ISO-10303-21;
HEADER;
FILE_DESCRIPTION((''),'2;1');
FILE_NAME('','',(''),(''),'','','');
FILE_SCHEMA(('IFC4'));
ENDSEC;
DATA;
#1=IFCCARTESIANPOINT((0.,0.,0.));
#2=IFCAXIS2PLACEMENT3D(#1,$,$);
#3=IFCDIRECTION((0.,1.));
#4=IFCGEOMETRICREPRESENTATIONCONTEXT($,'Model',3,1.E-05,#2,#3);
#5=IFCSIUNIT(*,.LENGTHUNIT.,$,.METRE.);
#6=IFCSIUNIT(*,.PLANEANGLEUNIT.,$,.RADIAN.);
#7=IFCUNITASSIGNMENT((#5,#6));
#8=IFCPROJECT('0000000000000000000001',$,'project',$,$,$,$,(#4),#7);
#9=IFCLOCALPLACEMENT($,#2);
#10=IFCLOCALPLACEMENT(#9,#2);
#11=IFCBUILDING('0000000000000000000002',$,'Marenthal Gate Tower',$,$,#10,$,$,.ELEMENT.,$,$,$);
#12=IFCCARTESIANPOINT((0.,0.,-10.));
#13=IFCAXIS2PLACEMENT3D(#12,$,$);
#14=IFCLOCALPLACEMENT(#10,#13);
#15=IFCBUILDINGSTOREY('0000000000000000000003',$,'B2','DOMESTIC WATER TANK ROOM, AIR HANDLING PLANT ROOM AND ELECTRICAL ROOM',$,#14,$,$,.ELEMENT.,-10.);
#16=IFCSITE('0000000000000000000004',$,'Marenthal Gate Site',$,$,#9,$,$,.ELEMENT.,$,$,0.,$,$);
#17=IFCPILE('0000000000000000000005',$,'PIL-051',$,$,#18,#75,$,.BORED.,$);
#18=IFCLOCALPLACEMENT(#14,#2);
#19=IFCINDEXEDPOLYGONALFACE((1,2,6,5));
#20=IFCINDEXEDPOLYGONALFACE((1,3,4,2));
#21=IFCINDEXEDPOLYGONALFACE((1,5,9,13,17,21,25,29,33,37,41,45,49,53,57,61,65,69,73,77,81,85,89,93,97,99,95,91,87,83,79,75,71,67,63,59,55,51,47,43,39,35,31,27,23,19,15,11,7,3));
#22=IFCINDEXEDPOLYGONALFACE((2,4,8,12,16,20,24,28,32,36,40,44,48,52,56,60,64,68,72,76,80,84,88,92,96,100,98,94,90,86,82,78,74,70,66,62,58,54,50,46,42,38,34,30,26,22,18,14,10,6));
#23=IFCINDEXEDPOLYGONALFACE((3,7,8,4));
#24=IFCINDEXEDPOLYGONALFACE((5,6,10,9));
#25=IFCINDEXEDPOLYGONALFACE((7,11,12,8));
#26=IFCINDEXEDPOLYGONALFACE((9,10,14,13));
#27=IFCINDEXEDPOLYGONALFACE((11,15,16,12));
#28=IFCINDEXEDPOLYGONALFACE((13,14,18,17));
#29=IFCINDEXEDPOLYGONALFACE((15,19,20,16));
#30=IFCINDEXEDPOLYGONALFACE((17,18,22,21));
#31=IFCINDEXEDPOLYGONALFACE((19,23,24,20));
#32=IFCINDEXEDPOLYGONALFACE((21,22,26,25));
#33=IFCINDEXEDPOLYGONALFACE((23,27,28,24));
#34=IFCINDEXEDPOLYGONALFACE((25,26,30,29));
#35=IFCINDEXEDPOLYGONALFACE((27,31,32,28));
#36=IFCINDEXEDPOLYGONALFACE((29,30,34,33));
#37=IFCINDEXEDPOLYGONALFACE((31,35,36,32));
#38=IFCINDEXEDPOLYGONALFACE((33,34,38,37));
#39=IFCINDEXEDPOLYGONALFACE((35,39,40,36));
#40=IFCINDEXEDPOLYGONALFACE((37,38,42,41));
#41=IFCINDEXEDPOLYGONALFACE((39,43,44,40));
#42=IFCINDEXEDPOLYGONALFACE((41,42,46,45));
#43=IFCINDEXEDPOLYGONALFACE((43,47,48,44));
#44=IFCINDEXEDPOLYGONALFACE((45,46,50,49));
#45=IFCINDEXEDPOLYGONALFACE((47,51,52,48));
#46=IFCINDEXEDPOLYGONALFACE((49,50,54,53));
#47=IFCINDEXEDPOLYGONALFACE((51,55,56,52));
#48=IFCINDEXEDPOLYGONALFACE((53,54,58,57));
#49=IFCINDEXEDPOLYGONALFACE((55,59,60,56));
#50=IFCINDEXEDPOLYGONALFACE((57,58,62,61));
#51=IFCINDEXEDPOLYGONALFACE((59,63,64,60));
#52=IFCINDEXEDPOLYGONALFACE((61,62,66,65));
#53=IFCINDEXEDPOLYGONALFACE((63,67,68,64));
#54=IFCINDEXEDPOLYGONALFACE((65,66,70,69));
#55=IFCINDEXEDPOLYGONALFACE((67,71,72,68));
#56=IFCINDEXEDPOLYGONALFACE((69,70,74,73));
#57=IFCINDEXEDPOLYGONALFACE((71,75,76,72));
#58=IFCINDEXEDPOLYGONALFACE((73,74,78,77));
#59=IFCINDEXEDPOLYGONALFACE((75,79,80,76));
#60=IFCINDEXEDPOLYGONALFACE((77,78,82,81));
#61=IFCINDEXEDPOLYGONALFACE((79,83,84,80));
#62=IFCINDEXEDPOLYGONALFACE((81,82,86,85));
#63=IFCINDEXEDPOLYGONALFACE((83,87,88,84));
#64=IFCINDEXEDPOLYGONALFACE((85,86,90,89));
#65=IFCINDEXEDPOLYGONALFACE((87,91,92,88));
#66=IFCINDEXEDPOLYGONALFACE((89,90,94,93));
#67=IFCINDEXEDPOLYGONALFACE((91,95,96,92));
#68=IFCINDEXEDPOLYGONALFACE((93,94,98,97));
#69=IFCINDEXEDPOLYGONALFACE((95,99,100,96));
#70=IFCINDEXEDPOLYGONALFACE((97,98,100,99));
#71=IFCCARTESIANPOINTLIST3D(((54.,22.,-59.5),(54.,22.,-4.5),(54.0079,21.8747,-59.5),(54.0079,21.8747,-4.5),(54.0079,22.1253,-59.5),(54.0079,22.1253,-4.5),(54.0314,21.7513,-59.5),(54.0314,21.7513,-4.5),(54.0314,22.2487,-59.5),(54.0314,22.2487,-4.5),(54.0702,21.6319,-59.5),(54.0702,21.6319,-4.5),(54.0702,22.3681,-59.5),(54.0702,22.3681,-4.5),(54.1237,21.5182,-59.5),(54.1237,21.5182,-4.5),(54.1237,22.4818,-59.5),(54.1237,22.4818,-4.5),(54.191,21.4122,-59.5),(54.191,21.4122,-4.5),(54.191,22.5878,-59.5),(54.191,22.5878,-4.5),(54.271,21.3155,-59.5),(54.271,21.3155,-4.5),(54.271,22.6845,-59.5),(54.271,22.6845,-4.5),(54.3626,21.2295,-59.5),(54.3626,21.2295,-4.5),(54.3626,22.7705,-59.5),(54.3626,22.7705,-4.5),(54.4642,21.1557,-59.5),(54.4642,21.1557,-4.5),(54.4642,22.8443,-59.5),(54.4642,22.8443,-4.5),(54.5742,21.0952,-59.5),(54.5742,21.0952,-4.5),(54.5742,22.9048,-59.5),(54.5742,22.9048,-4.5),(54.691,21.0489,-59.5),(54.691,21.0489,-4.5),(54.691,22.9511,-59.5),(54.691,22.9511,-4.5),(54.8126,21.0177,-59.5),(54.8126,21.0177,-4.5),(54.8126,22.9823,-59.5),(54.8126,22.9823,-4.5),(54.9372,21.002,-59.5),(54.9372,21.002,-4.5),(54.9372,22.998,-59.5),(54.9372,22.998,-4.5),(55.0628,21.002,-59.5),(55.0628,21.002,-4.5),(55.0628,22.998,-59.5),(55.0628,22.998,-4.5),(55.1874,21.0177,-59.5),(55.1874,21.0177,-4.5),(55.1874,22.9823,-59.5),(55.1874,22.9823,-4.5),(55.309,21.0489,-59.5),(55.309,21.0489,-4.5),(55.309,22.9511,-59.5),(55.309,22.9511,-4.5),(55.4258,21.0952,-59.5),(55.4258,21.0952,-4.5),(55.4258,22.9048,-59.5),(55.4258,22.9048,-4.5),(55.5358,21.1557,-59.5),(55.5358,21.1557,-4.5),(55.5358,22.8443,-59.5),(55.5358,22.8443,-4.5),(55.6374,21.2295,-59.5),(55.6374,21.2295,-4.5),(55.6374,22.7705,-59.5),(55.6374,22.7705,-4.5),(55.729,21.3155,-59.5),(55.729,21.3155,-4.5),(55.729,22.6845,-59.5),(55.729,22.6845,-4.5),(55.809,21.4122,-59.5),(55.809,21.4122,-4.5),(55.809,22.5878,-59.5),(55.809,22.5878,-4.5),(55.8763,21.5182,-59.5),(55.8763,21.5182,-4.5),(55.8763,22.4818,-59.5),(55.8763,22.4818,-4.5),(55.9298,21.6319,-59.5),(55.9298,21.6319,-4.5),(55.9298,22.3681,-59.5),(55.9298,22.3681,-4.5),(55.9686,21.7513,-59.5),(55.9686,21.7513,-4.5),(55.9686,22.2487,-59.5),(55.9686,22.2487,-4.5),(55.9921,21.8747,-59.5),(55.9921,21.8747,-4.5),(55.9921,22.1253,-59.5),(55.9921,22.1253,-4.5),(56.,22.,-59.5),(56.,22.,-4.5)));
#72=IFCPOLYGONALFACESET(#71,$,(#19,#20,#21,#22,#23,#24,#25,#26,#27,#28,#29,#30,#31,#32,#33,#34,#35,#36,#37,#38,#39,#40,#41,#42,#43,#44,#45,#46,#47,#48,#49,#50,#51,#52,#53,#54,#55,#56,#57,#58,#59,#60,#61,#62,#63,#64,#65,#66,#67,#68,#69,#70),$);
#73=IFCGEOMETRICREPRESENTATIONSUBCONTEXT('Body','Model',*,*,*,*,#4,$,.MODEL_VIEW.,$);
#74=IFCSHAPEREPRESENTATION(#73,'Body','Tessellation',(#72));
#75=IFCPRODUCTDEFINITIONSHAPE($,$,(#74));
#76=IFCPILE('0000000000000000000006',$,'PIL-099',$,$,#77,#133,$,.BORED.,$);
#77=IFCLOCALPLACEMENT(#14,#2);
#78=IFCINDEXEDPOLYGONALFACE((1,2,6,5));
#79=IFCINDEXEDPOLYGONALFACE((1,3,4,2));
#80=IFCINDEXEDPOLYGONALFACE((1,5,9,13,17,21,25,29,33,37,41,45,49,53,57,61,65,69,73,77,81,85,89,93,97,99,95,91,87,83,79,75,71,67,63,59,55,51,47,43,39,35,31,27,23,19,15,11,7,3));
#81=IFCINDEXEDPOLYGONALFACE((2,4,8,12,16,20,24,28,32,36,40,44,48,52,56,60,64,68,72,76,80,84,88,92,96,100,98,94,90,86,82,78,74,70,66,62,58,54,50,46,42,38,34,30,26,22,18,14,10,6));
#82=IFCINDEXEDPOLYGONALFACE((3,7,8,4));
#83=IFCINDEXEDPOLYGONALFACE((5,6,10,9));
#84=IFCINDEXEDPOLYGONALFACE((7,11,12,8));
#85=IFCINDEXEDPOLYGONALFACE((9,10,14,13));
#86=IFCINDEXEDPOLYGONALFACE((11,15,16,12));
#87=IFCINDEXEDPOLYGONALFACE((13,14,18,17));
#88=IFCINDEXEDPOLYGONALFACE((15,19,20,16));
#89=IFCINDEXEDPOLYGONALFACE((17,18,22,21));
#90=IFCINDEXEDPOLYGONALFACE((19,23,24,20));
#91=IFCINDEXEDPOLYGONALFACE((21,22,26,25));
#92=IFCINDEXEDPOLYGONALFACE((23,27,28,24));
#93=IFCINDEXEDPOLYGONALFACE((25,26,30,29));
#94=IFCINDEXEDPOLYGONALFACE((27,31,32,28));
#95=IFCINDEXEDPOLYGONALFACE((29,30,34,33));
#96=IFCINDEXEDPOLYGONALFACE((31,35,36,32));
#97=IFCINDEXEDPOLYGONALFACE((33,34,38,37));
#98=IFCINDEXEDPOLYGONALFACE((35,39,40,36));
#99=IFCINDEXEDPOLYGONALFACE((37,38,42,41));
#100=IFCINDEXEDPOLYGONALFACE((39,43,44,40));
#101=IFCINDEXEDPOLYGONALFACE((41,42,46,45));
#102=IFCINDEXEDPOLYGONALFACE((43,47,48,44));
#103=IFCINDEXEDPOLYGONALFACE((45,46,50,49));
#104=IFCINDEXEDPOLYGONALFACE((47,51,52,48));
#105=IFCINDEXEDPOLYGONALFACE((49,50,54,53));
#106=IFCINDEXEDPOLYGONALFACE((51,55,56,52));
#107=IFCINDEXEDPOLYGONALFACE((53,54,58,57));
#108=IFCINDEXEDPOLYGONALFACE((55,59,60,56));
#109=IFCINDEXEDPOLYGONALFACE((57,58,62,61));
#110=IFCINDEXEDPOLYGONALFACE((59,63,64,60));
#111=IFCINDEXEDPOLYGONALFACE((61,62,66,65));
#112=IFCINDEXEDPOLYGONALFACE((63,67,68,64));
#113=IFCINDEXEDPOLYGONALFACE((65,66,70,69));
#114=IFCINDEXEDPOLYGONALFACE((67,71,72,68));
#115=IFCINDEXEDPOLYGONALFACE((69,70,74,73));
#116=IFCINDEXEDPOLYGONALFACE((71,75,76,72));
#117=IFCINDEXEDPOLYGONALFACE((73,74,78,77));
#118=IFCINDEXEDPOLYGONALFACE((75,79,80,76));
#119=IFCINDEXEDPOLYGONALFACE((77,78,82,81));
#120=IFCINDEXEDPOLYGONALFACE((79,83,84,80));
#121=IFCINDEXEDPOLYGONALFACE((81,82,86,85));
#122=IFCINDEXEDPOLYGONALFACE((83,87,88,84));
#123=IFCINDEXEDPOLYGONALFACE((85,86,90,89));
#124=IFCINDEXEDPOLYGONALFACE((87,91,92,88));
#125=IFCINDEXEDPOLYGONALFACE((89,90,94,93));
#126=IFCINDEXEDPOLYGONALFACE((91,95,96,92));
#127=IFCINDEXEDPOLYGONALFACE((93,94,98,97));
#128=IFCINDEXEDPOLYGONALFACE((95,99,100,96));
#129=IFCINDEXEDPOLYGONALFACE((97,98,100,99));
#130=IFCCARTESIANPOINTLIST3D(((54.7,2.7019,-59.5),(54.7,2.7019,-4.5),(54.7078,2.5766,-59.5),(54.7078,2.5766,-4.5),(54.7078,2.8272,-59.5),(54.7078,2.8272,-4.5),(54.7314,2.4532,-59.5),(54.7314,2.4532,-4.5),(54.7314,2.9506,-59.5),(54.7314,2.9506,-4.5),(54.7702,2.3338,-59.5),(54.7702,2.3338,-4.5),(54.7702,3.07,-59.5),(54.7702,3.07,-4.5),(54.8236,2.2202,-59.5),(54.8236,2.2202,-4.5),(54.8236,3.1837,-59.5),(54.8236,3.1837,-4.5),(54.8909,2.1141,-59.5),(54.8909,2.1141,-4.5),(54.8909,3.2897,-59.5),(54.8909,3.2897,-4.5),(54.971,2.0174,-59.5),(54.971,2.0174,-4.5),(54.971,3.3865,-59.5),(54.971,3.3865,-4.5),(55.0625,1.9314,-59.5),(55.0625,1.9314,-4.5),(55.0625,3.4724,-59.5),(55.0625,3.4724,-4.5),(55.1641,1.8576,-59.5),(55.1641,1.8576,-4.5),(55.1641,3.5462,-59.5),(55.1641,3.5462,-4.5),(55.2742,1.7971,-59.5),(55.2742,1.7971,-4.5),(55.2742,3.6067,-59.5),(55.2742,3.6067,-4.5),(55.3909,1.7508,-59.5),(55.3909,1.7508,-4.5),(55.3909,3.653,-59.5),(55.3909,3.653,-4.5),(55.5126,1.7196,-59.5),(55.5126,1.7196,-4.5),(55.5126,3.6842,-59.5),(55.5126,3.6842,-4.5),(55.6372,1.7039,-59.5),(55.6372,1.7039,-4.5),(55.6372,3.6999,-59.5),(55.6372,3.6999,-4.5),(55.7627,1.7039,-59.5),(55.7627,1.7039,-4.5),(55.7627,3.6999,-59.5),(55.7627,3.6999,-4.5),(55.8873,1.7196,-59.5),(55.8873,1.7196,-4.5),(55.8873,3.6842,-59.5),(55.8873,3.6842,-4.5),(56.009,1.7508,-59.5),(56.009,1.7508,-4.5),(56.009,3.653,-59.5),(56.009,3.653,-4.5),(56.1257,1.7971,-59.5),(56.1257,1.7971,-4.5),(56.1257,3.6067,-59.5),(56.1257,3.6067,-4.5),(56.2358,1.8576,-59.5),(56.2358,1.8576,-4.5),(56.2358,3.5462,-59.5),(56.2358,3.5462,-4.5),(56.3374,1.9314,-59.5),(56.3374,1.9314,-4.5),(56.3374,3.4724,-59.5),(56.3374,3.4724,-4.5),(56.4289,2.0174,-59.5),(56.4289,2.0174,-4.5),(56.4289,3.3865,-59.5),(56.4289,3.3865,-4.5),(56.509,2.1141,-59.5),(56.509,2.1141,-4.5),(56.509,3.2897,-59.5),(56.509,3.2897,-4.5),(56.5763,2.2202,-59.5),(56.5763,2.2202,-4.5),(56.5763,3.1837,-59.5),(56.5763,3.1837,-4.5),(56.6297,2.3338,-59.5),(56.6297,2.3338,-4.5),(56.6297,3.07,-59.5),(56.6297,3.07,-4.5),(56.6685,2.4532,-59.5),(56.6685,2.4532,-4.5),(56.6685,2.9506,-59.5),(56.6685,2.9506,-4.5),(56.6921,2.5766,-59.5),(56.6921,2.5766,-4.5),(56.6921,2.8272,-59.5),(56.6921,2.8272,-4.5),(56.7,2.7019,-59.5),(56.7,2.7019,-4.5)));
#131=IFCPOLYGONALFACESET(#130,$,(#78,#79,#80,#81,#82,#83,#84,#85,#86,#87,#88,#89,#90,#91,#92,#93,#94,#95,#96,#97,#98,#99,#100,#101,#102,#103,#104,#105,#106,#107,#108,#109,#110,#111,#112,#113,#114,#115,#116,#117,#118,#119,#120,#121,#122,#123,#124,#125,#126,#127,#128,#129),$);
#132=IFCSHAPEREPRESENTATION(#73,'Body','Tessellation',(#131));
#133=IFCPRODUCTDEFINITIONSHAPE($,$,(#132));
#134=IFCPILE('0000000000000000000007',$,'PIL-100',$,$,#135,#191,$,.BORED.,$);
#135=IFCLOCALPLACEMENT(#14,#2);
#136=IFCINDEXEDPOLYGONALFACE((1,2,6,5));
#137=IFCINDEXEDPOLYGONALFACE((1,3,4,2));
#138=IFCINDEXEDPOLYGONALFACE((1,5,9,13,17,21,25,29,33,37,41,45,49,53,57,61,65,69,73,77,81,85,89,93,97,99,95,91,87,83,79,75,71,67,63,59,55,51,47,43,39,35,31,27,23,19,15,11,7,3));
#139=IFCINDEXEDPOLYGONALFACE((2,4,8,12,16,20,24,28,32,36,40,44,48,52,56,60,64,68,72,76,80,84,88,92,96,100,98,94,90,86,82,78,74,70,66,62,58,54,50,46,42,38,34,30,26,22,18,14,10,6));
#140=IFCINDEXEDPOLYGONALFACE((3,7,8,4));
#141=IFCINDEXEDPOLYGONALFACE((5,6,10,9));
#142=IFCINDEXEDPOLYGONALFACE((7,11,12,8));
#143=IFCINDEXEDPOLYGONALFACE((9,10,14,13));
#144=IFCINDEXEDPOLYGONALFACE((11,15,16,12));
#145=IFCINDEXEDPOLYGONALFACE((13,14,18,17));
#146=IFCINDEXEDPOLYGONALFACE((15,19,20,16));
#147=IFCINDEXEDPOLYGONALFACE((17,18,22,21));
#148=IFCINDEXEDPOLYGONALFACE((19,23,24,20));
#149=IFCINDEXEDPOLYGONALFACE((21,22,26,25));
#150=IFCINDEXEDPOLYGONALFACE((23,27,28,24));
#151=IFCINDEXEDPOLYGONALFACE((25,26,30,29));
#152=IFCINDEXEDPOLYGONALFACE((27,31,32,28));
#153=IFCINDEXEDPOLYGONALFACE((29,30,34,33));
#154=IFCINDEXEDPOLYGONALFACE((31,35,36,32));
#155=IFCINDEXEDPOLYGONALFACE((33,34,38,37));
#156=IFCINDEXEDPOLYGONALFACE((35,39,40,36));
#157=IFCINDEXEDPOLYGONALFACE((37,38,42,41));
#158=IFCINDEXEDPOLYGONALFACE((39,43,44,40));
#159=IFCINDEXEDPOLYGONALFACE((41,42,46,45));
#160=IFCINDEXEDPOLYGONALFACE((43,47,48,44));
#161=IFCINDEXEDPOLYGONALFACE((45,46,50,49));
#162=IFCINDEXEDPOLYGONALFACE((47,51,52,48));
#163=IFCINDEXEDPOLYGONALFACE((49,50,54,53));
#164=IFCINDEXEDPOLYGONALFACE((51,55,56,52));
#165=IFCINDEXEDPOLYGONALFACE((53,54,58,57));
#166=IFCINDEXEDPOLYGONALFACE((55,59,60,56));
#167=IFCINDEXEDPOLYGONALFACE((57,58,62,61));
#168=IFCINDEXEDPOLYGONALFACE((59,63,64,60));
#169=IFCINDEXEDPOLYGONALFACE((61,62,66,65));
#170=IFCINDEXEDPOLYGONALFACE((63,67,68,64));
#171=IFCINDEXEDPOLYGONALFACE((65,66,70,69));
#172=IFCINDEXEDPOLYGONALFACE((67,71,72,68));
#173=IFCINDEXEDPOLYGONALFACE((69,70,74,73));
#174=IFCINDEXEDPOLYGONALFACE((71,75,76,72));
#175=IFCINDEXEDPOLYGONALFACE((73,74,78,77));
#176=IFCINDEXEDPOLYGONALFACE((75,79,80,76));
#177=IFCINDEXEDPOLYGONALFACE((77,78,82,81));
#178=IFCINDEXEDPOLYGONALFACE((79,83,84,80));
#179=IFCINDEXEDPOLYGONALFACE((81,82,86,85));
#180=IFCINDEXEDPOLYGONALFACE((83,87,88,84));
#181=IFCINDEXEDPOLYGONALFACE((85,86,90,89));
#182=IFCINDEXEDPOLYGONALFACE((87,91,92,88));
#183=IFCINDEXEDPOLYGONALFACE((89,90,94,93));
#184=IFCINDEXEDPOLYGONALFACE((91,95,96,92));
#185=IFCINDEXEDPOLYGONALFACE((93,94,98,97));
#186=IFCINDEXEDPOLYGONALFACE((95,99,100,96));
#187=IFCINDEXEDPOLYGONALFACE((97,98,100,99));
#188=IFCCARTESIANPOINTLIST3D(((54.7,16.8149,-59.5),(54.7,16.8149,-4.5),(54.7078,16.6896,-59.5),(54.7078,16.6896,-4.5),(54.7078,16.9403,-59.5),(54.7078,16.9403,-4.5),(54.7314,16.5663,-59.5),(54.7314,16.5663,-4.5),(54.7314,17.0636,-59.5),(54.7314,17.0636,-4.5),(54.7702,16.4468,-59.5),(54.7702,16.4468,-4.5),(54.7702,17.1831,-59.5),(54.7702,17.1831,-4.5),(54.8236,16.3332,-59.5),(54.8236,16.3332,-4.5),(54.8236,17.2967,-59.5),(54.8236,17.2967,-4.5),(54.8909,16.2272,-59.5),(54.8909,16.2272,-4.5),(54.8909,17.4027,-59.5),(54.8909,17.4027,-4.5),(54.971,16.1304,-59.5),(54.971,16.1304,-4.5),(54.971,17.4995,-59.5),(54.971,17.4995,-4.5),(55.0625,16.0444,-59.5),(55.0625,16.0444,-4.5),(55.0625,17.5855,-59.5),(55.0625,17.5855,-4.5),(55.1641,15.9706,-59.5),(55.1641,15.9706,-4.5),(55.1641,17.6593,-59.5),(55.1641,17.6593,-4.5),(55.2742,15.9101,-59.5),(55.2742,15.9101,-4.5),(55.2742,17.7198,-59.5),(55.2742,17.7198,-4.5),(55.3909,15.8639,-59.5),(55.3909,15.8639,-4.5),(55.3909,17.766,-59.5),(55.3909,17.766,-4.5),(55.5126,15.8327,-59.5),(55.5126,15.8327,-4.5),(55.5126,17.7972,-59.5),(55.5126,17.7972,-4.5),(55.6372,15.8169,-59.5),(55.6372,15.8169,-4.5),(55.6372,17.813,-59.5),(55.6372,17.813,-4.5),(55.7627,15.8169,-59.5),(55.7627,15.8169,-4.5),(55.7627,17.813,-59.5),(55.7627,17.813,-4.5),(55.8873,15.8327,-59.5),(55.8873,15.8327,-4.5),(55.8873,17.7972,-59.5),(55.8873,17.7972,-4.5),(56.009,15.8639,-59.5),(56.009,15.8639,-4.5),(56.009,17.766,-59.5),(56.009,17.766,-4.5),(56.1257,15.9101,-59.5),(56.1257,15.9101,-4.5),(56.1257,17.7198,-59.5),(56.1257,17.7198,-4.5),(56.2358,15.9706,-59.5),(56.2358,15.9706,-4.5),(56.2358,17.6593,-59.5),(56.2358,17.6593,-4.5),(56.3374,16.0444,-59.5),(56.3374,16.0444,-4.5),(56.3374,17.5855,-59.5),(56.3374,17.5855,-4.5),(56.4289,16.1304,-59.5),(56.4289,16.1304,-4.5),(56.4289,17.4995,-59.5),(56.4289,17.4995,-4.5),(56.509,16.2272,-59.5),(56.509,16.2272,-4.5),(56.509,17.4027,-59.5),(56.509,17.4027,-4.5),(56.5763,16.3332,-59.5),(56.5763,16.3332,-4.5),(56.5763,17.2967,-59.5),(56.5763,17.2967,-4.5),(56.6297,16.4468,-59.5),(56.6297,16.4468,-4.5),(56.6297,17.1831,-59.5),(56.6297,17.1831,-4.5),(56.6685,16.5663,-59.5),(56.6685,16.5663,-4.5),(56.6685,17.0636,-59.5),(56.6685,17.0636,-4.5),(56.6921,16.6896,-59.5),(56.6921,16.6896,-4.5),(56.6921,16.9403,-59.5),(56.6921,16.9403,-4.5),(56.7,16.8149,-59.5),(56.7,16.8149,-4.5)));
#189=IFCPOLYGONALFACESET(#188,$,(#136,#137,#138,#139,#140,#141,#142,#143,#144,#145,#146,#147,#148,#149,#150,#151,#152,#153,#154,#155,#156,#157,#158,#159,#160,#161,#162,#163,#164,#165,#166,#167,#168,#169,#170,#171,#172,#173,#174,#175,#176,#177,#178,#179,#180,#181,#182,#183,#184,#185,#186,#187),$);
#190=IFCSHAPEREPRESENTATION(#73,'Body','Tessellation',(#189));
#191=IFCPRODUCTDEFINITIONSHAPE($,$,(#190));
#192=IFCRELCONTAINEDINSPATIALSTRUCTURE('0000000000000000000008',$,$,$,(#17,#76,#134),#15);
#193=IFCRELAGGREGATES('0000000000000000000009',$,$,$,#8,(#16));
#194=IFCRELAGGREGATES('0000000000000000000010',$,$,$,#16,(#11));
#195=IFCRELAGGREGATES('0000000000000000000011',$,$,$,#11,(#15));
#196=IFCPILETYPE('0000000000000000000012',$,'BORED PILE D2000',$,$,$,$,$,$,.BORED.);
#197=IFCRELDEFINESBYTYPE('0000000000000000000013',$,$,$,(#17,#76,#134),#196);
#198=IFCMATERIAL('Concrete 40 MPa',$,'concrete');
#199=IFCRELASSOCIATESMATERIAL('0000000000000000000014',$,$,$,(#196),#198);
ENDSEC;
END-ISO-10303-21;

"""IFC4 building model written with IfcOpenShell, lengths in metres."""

from ifc_helpers import new_model, si_unit, direction, frame, origin, origin_2d, place, context, subcontext, project, spatial, circle, extrude, material, type_object, element, save


model = new_model("IFC4")

# Units and contexts
model_context = context("Model", 3, precision=1e-05, world=origin(), true_north=direction((0.0, 1.0)))
body_context = subcontext(model_context, "Body", "Model", "MODEL_VIEW")
ifc_project = project(units=[si_unit("LENGTHUNIT", "METRE"), si_unit("PLANEANGLEUNIT", "RADIAN")], contexts=[model_context])

# Site, building, storey
site_placement = place(None, origin())
site = spatial("IfcSite", under=ifc_project, at=site_placement, Name="Marenthal Gate Site", CompositionType="ELEMENT", RefElevation=0.0)
building_placement = place(site_placement, origin())
building = spatial("IfcBuilding", under=site, at=building_placement, Name="Marenthal Gate Tower", CompositionType="ELEMENT")
storey_placement = place(building_placement, frame((0.0, 0.0, -10.0)))
storey = spatial("IfcBuildingStorey", under=building, at=storey_placement, Name="B2", Description="DOMESTIC WATER TANK ROOM, AIR HANDLING PLANT ROOM AND ELECTRICAL ROOM", CompositionType="ELEMENT", Elevation=-10.0)

# Piles
ifc_material_1 = material(Name="Concrete 40 MPa", Category="concrete")
pile_type = type_object("IfcPileType", Name="BORED PILE D2000", PredefinedType="BORED", material=ifc_material_1)
for number, where, z_axis, x_axis, name in (
    (1, (55.0, 22.0, -4.5), (0.0, 0.0, -1.0), (1.0, 0.0, 0.0), "PIL-051"),
    (2, (55.7, 2.7019, -4.5), (0.0, 0.0, -1.0), (1.0, 0.0, 0.0), "PIL-099"),
    (3, (55.7, 16.8149, -4.5), (0.0, 0.0, -1.0), (1.0, 0.0, 0.0), "PIL-100"),
):
    element("IfcPile", number, at=place(storey_placement, frame(where, z_axis=z_axis, x_axis=x_axis)), inside=storey, type_object=pile_type, Name=name, PredefinedType="BORED", context=body_context, shape_type="SweptSolid", body=[
        extrude(circle(Radius=1.0, at=origin_2d()), origin(), (0.0, 0.0, 1.0), 55.0),
    ])

save(model, "model.ifc")
